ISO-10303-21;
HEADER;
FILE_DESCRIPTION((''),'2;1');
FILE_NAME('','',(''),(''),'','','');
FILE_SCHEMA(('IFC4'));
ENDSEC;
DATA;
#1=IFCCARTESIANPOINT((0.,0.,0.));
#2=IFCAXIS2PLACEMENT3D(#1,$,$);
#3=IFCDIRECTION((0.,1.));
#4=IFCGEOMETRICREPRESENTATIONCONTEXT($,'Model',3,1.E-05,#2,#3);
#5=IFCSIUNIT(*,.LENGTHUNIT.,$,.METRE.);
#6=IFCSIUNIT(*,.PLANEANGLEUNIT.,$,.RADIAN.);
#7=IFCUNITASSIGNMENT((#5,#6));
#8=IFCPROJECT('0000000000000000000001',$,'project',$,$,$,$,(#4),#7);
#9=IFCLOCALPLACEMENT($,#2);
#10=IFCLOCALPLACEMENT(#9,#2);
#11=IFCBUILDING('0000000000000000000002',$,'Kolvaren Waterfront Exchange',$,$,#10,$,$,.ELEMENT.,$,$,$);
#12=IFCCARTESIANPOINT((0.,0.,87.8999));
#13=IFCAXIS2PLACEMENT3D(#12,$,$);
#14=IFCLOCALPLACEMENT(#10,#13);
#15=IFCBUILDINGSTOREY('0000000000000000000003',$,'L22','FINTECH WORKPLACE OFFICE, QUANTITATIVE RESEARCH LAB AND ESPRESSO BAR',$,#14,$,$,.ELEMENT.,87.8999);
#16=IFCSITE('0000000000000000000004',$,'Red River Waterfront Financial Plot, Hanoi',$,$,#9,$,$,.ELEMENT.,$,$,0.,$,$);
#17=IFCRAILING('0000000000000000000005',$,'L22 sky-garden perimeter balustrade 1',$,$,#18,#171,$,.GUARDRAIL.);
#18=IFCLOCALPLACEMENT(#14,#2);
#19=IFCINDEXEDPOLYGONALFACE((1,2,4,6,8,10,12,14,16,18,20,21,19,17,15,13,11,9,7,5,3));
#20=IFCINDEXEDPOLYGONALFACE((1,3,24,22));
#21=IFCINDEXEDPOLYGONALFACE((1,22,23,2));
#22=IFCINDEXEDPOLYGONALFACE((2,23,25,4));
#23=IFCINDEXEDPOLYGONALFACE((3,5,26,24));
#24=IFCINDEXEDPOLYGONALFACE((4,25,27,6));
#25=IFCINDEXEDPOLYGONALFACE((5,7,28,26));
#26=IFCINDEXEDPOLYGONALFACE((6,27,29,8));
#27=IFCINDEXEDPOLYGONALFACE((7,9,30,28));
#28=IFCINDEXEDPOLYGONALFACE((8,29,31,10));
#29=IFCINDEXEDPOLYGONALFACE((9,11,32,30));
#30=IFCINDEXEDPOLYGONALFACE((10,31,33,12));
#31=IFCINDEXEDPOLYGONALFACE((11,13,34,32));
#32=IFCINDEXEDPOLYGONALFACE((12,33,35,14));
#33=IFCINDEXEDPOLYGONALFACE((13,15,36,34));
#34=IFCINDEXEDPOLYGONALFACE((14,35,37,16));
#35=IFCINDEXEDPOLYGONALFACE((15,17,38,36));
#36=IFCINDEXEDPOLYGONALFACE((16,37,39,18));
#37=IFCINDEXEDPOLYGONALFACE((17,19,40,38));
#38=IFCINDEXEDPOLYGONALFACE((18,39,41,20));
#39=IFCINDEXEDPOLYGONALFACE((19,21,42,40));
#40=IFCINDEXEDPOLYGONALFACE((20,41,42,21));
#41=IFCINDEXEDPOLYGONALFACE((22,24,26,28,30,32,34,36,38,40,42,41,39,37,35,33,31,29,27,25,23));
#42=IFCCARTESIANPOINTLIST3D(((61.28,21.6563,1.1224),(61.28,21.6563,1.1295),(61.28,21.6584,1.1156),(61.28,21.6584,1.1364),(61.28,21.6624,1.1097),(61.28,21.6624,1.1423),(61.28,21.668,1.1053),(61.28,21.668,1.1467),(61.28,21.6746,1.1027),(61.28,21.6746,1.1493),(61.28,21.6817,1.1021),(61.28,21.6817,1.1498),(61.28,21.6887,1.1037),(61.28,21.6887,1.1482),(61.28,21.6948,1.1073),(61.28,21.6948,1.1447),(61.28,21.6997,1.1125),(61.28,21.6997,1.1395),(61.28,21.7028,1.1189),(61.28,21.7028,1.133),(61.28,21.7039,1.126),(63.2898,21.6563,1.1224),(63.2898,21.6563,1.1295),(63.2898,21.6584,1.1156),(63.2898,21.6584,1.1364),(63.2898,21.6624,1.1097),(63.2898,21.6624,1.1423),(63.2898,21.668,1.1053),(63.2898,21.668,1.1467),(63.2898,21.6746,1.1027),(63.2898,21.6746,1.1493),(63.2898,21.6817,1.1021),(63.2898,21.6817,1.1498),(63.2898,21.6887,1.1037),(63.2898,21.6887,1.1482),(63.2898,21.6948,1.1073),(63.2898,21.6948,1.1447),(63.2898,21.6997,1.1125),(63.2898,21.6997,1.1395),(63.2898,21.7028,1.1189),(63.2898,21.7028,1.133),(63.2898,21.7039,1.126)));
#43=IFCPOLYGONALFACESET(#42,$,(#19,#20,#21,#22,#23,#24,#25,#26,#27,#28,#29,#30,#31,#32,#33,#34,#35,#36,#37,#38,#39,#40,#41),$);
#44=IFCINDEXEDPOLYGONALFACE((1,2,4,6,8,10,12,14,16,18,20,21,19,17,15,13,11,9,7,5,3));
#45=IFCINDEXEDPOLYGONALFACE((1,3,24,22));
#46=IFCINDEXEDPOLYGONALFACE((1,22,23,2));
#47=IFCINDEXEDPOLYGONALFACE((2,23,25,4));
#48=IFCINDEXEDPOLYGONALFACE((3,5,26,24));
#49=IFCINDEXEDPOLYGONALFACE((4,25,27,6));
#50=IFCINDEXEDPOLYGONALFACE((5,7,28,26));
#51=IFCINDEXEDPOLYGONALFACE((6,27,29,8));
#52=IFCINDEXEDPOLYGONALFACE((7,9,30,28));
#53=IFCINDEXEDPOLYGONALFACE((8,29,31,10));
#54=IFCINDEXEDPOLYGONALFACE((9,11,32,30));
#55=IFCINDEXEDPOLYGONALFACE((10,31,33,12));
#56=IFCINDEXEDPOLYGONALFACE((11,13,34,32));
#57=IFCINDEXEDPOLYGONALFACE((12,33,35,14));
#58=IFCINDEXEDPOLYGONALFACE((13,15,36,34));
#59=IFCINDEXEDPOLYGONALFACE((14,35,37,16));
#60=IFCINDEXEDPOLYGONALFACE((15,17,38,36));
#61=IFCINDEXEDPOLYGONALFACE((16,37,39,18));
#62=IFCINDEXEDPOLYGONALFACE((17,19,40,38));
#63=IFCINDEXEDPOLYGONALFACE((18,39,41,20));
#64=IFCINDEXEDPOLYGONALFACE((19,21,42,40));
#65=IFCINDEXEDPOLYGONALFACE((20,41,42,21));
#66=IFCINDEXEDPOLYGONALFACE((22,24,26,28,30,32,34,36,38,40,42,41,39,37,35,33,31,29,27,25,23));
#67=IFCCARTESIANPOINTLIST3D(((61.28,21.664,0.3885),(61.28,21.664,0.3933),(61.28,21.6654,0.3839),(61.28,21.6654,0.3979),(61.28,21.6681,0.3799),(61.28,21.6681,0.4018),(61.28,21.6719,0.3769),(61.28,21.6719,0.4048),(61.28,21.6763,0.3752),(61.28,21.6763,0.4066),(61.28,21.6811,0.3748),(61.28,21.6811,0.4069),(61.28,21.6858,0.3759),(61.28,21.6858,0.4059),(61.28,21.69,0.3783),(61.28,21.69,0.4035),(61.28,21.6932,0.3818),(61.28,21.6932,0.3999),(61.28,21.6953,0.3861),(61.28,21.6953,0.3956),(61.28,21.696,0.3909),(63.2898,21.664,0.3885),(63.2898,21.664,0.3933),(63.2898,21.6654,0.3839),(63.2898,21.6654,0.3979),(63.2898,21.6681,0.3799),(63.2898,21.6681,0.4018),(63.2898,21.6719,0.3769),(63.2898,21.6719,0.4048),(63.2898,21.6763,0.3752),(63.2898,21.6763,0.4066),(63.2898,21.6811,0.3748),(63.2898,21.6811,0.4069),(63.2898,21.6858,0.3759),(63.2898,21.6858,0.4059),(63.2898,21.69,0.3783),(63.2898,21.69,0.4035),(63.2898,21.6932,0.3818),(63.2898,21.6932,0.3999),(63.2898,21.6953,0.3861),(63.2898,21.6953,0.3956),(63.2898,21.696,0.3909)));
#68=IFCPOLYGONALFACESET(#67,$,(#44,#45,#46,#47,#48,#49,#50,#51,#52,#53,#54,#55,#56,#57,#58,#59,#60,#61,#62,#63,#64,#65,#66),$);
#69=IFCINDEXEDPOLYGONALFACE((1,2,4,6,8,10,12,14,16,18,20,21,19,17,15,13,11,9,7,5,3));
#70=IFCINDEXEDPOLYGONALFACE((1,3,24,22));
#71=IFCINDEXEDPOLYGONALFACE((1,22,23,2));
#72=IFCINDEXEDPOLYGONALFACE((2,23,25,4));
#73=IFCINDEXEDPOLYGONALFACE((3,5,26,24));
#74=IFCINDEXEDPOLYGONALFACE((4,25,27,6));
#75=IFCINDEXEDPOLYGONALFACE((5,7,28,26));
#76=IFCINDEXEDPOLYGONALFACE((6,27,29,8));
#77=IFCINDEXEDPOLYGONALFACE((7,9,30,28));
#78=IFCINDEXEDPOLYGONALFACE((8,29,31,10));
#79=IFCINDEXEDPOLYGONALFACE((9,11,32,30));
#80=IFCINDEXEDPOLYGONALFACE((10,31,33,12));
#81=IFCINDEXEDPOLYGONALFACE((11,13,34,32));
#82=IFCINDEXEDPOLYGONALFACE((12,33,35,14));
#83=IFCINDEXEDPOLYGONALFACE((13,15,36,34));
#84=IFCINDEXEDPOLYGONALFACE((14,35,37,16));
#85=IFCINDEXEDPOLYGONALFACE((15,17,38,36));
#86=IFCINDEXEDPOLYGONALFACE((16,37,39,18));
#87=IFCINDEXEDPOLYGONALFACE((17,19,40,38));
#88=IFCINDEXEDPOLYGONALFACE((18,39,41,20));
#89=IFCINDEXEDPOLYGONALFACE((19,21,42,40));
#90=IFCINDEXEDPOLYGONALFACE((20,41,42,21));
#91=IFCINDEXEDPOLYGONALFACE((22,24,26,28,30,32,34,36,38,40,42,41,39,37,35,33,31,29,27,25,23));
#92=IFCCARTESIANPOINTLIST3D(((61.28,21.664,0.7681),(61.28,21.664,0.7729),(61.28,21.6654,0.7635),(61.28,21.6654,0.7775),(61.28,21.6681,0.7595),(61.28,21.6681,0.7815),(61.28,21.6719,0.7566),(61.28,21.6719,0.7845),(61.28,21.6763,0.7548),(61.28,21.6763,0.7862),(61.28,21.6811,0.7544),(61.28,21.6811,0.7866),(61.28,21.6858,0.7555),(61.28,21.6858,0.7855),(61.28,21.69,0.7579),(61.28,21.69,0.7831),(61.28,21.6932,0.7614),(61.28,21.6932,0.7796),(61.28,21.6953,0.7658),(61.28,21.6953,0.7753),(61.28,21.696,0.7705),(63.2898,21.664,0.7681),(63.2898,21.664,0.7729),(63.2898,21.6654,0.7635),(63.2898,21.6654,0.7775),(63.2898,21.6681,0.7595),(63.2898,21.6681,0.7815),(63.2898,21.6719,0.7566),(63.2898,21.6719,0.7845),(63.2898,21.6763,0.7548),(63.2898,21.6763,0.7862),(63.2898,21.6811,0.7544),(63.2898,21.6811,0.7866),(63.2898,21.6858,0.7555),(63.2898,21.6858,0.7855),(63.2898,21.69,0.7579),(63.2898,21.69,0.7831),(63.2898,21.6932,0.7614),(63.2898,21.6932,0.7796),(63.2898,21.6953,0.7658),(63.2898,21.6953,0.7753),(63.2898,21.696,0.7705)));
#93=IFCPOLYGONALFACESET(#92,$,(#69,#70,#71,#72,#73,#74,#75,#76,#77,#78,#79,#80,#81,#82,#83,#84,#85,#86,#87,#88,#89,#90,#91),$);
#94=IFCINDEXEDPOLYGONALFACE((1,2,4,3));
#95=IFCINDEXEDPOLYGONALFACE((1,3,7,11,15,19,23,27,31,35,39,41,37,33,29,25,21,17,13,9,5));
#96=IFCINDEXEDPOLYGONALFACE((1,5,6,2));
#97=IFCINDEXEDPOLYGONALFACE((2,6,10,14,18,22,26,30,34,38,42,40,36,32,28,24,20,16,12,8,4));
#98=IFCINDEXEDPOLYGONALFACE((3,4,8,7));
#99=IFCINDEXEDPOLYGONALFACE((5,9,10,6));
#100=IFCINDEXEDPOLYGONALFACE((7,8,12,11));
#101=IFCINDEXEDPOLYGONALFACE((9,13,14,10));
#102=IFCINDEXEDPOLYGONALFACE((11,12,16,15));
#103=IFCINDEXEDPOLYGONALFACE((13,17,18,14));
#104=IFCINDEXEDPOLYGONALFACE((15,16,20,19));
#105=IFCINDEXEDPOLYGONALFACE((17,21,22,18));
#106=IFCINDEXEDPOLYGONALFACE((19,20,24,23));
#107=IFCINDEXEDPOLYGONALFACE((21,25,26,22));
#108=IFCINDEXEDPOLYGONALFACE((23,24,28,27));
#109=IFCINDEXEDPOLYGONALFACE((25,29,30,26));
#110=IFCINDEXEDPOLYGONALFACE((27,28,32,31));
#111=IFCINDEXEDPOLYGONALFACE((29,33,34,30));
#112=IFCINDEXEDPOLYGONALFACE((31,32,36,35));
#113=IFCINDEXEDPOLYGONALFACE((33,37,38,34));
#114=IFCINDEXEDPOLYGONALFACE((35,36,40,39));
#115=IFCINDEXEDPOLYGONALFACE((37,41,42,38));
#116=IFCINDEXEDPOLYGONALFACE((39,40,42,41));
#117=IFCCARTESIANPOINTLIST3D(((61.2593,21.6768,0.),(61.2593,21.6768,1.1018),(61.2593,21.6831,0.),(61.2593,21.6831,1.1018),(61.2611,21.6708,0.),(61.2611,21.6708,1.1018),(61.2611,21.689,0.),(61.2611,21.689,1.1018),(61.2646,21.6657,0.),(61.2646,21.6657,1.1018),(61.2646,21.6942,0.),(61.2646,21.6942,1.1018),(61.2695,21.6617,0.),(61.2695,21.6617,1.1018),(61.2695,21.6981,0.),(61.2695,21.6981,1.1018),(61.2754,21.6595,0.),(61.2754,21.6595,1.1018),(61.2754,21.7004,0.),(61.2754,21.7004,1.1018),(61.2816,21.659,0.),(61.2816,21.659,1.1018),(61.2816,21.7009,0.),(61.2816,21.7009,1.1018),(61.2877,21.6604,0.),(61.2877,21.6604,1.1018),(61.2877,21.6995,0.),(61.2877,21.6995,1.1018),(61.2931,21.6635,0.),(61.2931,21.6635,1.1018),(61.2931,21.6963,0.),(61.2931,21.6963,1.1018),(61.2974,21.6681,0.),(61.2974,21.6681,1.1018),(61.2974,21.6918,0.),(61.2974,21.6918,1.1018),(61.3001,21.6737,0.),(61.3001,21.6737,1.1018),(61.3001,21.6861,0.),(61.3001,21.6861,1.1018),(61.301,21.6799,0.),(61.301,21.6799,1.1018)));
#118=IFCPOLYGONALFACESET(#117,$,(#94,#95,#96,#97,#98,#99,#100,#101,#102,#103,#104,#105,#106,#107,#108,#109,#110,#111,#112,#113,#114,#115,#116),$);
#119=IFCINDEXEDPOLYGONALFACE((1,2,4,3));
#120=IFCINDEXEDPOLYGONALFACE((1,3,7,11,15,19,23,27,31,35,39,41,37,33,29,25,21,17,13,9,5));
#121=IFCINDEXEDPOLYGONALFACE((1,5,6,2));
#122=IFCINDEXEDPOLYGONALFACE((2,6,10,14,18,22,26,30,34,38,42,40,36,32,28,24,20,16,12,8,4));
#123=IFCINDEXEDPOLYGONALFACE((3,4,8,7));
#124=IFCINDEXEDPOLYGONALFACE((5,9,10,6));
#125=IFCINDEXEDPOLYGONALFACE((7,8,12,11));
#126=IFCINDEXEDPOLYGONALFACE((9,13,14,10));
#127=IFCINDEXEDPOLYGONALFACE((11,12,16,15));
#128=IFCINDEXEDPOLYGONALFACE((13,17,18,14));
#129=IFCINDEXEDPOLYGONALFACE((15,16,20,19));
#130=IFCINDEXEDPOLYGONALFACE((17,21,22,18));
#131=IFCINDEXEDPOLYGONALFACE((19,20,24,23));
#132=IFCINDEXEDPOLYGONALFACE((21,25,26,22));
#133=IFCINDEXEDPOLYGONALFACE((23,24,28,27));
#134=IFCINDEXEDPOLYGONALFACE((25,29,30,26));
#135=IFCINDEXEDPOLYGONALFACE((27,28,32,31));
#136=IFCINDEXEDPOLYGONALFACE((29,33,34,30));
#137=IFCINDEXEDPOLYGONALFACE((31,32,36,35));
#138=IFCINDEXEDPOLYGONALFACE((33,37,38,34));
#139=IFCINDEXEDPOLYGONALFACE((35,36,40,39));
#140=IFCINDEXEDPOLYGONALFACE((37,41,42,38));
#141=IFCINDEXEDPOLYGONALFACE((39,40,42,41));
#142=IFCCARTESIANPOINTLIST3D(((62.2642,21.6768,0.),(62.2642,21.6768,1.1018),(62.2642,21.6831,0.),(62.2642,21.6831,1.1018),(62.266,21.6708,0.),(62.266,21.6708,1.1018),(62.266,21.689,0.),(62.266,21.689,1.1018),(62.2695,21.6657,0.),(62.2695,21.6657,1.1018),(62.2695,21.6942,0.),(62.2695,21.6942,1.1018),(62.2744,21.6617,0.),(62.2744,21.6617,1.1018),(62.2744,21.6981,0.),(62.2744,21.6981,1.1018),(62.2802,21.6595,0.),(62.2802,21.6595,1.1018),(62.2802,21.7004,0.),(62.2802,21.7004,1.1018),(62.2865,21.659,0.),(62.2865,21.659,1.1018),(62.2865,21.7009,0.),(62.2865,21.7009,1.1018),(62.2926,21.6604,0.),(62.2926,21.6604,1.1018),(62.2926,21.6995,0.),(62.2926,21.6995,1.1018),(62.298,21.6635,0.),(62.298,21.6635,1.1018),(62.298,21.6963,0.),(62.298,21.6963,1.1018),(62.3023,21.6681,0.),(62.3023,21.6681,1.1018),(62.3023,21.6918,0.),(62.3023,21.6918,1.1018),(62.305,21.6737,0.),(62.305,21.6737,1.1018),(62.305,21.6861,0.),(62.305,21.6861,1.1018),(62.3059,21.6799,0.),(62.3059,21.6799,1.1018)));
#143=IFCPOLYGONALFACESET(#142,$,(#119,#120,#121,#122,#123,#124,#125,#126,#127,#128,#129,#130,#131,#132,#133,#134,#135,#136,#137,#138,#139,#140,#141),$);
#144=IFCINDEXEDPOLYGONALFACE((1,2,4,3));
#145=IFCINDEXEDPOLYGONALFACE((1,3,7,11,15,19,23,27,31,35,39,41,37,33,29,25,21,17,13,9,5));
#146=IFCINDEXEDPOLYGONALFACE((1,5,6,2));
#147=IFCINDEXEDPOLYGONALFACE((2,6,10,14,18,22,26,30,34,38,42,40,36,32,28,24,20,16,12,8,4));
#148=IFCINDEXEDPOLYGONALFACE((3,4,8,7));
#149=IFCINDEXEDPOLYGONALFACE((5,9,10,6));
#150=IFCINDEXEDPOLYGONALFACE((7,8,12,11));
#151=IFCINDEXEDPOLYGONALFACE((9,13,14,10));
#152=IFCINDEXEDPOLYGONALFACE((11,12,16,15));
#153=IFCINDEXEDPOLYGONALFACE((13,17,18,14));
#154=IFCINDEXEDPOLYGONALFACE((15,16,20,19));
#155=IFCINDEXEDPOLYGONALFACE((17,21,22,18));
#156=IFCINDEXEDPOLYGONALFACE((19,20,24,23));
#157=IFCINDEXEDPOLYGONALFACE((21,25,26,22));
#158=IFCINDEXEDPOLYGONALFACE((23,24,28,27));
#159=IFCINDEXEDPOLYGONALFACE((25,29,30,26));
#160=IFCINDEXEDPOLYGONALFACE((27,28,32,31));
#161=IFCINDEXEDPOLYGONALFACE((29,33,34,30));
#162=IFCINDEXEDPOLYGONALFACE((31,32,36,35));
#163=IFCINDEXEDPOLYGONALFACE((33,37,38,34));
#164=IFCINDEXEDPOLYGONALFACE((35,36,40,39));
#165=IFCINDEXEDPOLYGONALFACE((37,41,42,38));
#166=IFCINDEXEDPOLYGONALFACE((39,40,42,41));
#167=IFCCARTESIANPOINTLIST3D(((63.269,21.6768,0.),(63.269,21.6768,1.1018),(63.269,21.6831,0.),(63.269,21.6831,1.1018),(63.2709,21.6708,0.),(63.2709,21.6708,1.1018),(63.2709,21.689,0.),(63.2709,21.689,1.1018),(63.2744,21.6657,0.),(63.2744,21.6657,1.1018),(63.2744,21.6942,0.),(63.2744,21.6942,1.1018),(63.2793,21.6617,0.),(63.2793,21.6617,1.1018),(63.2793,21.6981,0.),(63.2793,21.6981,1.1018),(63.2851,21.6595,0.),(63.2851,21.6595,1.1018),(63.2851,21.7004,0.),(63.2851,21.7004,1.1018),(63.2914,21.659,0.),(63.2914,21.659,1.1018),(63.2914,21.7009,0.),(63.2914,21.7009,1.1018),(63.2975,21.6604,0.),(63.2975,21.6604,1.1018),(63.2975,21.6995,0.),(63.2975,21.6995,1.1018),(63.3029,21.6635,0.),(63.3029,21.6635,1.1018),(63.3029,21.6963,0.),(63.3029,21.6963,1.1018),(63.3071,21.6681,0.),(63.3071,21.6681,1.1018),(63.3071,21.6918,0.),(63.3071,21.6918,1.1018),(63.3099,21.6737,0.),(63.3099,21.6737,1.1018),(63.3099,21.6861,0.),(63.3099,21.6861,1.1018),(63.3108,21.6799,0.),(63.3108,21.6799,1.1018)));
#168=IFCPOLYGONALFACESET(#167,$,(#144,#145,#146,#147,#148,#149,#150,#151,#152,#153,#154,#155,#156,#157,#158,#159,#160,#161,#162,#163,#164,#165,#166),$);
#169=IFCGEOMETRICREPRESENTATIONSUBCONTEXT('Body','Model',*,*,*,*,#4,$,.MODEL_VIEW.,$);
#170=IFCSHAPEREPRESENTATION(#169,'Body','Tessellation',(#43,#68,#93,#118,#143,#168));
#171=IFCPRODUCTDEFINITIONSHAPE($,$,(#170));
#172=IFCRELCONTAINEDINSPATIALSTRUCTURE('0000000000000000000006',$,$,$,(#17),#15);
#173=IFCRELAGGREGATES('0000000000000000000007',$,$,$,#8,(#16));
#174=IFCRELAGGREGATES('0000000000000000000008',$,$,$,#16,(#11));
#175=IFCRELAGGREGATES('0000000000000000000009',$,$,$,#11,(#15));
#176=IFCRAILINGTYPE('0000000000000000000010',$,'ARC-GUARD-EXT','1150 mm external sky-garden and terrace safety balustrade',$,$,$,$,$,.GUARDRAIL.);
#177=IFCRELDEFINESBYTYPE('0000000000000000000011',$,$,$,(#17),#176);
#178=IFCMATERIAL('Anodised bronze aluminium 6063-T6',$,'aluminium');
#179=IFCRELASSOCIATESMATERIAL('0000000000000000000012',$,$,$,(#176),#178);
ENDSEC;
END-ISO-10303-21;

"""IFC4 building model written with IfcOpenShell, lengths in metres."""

from ifc_helpers import new_model, si_unit, direction, frame, origin, origin_2d, place, context, subcontext, project, spatial, circle, extrude, material, type_object, element, save


model = new_model("IFC4")

# Units and contexts
model_context = context("Model", 3, precision=1e-05, world=origin(), true_north=direction((0.0, 1.0)))
body_context = subcontext(model_context, "Body", "Model", "MODEL_VIEW")
ifc_project = project(units=[si_unit("LENGTHUNIT", "METRE"), si_unit("PLANEANGLEUNIT", "RADIAN")], contexts=[model_context])

# Site, building, storey
site_placement = place(None, origin())
site = spatial("IfcSite", under=ifc_project, at=site_placement, Name="Red River Waterfront Financial Plot, Hanoi", CompositionType="ELEMENT", RefElevation=0.0)
building_placement = place(site_placement, origin())
building = spatial("IfcBuilding", under=site, at=building_placement, Name="Kolvaren Waterfront Exchange", CompositionType="ELEMENT")
storey_placement = place(building_placement, frame((0.0, 0.0, 87.8999)))
storey = spatial("IfcBuildingStorey", under=building, at=storey_placement, Name="L22", Description="FINTECH WORKPLACE OFFICE, QUANTITATIVE RESEARCH LAB AND ESPRESSO BAR", CompositionType="ELEMENT", Elevation=87.8999)

# Shared definitions
ifc_material_1 = material(Name="Anodised bronze aluminium 6063-T6", Category="aluminium")

# Railing
railing_type = type_object("IfcRailingType", Name="ARC-GUARD-EXT", Description="1150 mm external sky-garden and terrace safety balustrade", PredefinedType="GUARDRAIL", material=ifc_material_1)
railing_1_placement = place(storey_placement, frame((61.28, 21.6799, 0.0)))
element("IfcRailing", 1, at=railing_1_placement, inside=storey, type_object=railing_type, Name="L22 sky-garden perimeter balustrade 1", PredefinedType="GUARDRAIL", context=body_context, shape_type="SweptSolid", body=[
    extrude(circle(Radius=0.0239, at=origin_2d()), frame((0.0, 0.0, 1.126), z_axis=(1.0, 0.0, 0.0), x_axis=(0.0, 1.0, 0.0)), (0.0, 0.0, 1.0), 2.0098),
    extrude(circle(Radius=0.0161, at=origin_2d()), frame((0.0, 0.0, 0.3909), z_axis=(1.0, 0.0, 0.0), x_axis=(0.0, 1.0, 0.0)), (0.0, 0.0, 1.0), 2.0098),
    extrude(circle(Radius=0.0161, at=origin_2d()), frame((0.0, 0.0, 0.7705), z_axis=(1.0, 0.0, 0.0), x_axis=(0.0, 1.0, 0.0)), (0.0, 0.0, 1.0), 2.0098),
    extrude(circle(Radius=0.021, at=origin_2d()), origin(), (0.0, 0.0, 1.0), 1.1018),
    extrude(circle(Radius=0.021, at=origin_2d()), frame((1.0049, 0.0, 0.0)), (0.0, 0.0, 1.0), 1.1018),
    extrude(circle(Radius=0.021, at=origin_2d()), frame((2.0098, 0.0, 0.0)), (0.0, 0.0, 1.0), 1.1018),
])

save(model, "model.ifc")
